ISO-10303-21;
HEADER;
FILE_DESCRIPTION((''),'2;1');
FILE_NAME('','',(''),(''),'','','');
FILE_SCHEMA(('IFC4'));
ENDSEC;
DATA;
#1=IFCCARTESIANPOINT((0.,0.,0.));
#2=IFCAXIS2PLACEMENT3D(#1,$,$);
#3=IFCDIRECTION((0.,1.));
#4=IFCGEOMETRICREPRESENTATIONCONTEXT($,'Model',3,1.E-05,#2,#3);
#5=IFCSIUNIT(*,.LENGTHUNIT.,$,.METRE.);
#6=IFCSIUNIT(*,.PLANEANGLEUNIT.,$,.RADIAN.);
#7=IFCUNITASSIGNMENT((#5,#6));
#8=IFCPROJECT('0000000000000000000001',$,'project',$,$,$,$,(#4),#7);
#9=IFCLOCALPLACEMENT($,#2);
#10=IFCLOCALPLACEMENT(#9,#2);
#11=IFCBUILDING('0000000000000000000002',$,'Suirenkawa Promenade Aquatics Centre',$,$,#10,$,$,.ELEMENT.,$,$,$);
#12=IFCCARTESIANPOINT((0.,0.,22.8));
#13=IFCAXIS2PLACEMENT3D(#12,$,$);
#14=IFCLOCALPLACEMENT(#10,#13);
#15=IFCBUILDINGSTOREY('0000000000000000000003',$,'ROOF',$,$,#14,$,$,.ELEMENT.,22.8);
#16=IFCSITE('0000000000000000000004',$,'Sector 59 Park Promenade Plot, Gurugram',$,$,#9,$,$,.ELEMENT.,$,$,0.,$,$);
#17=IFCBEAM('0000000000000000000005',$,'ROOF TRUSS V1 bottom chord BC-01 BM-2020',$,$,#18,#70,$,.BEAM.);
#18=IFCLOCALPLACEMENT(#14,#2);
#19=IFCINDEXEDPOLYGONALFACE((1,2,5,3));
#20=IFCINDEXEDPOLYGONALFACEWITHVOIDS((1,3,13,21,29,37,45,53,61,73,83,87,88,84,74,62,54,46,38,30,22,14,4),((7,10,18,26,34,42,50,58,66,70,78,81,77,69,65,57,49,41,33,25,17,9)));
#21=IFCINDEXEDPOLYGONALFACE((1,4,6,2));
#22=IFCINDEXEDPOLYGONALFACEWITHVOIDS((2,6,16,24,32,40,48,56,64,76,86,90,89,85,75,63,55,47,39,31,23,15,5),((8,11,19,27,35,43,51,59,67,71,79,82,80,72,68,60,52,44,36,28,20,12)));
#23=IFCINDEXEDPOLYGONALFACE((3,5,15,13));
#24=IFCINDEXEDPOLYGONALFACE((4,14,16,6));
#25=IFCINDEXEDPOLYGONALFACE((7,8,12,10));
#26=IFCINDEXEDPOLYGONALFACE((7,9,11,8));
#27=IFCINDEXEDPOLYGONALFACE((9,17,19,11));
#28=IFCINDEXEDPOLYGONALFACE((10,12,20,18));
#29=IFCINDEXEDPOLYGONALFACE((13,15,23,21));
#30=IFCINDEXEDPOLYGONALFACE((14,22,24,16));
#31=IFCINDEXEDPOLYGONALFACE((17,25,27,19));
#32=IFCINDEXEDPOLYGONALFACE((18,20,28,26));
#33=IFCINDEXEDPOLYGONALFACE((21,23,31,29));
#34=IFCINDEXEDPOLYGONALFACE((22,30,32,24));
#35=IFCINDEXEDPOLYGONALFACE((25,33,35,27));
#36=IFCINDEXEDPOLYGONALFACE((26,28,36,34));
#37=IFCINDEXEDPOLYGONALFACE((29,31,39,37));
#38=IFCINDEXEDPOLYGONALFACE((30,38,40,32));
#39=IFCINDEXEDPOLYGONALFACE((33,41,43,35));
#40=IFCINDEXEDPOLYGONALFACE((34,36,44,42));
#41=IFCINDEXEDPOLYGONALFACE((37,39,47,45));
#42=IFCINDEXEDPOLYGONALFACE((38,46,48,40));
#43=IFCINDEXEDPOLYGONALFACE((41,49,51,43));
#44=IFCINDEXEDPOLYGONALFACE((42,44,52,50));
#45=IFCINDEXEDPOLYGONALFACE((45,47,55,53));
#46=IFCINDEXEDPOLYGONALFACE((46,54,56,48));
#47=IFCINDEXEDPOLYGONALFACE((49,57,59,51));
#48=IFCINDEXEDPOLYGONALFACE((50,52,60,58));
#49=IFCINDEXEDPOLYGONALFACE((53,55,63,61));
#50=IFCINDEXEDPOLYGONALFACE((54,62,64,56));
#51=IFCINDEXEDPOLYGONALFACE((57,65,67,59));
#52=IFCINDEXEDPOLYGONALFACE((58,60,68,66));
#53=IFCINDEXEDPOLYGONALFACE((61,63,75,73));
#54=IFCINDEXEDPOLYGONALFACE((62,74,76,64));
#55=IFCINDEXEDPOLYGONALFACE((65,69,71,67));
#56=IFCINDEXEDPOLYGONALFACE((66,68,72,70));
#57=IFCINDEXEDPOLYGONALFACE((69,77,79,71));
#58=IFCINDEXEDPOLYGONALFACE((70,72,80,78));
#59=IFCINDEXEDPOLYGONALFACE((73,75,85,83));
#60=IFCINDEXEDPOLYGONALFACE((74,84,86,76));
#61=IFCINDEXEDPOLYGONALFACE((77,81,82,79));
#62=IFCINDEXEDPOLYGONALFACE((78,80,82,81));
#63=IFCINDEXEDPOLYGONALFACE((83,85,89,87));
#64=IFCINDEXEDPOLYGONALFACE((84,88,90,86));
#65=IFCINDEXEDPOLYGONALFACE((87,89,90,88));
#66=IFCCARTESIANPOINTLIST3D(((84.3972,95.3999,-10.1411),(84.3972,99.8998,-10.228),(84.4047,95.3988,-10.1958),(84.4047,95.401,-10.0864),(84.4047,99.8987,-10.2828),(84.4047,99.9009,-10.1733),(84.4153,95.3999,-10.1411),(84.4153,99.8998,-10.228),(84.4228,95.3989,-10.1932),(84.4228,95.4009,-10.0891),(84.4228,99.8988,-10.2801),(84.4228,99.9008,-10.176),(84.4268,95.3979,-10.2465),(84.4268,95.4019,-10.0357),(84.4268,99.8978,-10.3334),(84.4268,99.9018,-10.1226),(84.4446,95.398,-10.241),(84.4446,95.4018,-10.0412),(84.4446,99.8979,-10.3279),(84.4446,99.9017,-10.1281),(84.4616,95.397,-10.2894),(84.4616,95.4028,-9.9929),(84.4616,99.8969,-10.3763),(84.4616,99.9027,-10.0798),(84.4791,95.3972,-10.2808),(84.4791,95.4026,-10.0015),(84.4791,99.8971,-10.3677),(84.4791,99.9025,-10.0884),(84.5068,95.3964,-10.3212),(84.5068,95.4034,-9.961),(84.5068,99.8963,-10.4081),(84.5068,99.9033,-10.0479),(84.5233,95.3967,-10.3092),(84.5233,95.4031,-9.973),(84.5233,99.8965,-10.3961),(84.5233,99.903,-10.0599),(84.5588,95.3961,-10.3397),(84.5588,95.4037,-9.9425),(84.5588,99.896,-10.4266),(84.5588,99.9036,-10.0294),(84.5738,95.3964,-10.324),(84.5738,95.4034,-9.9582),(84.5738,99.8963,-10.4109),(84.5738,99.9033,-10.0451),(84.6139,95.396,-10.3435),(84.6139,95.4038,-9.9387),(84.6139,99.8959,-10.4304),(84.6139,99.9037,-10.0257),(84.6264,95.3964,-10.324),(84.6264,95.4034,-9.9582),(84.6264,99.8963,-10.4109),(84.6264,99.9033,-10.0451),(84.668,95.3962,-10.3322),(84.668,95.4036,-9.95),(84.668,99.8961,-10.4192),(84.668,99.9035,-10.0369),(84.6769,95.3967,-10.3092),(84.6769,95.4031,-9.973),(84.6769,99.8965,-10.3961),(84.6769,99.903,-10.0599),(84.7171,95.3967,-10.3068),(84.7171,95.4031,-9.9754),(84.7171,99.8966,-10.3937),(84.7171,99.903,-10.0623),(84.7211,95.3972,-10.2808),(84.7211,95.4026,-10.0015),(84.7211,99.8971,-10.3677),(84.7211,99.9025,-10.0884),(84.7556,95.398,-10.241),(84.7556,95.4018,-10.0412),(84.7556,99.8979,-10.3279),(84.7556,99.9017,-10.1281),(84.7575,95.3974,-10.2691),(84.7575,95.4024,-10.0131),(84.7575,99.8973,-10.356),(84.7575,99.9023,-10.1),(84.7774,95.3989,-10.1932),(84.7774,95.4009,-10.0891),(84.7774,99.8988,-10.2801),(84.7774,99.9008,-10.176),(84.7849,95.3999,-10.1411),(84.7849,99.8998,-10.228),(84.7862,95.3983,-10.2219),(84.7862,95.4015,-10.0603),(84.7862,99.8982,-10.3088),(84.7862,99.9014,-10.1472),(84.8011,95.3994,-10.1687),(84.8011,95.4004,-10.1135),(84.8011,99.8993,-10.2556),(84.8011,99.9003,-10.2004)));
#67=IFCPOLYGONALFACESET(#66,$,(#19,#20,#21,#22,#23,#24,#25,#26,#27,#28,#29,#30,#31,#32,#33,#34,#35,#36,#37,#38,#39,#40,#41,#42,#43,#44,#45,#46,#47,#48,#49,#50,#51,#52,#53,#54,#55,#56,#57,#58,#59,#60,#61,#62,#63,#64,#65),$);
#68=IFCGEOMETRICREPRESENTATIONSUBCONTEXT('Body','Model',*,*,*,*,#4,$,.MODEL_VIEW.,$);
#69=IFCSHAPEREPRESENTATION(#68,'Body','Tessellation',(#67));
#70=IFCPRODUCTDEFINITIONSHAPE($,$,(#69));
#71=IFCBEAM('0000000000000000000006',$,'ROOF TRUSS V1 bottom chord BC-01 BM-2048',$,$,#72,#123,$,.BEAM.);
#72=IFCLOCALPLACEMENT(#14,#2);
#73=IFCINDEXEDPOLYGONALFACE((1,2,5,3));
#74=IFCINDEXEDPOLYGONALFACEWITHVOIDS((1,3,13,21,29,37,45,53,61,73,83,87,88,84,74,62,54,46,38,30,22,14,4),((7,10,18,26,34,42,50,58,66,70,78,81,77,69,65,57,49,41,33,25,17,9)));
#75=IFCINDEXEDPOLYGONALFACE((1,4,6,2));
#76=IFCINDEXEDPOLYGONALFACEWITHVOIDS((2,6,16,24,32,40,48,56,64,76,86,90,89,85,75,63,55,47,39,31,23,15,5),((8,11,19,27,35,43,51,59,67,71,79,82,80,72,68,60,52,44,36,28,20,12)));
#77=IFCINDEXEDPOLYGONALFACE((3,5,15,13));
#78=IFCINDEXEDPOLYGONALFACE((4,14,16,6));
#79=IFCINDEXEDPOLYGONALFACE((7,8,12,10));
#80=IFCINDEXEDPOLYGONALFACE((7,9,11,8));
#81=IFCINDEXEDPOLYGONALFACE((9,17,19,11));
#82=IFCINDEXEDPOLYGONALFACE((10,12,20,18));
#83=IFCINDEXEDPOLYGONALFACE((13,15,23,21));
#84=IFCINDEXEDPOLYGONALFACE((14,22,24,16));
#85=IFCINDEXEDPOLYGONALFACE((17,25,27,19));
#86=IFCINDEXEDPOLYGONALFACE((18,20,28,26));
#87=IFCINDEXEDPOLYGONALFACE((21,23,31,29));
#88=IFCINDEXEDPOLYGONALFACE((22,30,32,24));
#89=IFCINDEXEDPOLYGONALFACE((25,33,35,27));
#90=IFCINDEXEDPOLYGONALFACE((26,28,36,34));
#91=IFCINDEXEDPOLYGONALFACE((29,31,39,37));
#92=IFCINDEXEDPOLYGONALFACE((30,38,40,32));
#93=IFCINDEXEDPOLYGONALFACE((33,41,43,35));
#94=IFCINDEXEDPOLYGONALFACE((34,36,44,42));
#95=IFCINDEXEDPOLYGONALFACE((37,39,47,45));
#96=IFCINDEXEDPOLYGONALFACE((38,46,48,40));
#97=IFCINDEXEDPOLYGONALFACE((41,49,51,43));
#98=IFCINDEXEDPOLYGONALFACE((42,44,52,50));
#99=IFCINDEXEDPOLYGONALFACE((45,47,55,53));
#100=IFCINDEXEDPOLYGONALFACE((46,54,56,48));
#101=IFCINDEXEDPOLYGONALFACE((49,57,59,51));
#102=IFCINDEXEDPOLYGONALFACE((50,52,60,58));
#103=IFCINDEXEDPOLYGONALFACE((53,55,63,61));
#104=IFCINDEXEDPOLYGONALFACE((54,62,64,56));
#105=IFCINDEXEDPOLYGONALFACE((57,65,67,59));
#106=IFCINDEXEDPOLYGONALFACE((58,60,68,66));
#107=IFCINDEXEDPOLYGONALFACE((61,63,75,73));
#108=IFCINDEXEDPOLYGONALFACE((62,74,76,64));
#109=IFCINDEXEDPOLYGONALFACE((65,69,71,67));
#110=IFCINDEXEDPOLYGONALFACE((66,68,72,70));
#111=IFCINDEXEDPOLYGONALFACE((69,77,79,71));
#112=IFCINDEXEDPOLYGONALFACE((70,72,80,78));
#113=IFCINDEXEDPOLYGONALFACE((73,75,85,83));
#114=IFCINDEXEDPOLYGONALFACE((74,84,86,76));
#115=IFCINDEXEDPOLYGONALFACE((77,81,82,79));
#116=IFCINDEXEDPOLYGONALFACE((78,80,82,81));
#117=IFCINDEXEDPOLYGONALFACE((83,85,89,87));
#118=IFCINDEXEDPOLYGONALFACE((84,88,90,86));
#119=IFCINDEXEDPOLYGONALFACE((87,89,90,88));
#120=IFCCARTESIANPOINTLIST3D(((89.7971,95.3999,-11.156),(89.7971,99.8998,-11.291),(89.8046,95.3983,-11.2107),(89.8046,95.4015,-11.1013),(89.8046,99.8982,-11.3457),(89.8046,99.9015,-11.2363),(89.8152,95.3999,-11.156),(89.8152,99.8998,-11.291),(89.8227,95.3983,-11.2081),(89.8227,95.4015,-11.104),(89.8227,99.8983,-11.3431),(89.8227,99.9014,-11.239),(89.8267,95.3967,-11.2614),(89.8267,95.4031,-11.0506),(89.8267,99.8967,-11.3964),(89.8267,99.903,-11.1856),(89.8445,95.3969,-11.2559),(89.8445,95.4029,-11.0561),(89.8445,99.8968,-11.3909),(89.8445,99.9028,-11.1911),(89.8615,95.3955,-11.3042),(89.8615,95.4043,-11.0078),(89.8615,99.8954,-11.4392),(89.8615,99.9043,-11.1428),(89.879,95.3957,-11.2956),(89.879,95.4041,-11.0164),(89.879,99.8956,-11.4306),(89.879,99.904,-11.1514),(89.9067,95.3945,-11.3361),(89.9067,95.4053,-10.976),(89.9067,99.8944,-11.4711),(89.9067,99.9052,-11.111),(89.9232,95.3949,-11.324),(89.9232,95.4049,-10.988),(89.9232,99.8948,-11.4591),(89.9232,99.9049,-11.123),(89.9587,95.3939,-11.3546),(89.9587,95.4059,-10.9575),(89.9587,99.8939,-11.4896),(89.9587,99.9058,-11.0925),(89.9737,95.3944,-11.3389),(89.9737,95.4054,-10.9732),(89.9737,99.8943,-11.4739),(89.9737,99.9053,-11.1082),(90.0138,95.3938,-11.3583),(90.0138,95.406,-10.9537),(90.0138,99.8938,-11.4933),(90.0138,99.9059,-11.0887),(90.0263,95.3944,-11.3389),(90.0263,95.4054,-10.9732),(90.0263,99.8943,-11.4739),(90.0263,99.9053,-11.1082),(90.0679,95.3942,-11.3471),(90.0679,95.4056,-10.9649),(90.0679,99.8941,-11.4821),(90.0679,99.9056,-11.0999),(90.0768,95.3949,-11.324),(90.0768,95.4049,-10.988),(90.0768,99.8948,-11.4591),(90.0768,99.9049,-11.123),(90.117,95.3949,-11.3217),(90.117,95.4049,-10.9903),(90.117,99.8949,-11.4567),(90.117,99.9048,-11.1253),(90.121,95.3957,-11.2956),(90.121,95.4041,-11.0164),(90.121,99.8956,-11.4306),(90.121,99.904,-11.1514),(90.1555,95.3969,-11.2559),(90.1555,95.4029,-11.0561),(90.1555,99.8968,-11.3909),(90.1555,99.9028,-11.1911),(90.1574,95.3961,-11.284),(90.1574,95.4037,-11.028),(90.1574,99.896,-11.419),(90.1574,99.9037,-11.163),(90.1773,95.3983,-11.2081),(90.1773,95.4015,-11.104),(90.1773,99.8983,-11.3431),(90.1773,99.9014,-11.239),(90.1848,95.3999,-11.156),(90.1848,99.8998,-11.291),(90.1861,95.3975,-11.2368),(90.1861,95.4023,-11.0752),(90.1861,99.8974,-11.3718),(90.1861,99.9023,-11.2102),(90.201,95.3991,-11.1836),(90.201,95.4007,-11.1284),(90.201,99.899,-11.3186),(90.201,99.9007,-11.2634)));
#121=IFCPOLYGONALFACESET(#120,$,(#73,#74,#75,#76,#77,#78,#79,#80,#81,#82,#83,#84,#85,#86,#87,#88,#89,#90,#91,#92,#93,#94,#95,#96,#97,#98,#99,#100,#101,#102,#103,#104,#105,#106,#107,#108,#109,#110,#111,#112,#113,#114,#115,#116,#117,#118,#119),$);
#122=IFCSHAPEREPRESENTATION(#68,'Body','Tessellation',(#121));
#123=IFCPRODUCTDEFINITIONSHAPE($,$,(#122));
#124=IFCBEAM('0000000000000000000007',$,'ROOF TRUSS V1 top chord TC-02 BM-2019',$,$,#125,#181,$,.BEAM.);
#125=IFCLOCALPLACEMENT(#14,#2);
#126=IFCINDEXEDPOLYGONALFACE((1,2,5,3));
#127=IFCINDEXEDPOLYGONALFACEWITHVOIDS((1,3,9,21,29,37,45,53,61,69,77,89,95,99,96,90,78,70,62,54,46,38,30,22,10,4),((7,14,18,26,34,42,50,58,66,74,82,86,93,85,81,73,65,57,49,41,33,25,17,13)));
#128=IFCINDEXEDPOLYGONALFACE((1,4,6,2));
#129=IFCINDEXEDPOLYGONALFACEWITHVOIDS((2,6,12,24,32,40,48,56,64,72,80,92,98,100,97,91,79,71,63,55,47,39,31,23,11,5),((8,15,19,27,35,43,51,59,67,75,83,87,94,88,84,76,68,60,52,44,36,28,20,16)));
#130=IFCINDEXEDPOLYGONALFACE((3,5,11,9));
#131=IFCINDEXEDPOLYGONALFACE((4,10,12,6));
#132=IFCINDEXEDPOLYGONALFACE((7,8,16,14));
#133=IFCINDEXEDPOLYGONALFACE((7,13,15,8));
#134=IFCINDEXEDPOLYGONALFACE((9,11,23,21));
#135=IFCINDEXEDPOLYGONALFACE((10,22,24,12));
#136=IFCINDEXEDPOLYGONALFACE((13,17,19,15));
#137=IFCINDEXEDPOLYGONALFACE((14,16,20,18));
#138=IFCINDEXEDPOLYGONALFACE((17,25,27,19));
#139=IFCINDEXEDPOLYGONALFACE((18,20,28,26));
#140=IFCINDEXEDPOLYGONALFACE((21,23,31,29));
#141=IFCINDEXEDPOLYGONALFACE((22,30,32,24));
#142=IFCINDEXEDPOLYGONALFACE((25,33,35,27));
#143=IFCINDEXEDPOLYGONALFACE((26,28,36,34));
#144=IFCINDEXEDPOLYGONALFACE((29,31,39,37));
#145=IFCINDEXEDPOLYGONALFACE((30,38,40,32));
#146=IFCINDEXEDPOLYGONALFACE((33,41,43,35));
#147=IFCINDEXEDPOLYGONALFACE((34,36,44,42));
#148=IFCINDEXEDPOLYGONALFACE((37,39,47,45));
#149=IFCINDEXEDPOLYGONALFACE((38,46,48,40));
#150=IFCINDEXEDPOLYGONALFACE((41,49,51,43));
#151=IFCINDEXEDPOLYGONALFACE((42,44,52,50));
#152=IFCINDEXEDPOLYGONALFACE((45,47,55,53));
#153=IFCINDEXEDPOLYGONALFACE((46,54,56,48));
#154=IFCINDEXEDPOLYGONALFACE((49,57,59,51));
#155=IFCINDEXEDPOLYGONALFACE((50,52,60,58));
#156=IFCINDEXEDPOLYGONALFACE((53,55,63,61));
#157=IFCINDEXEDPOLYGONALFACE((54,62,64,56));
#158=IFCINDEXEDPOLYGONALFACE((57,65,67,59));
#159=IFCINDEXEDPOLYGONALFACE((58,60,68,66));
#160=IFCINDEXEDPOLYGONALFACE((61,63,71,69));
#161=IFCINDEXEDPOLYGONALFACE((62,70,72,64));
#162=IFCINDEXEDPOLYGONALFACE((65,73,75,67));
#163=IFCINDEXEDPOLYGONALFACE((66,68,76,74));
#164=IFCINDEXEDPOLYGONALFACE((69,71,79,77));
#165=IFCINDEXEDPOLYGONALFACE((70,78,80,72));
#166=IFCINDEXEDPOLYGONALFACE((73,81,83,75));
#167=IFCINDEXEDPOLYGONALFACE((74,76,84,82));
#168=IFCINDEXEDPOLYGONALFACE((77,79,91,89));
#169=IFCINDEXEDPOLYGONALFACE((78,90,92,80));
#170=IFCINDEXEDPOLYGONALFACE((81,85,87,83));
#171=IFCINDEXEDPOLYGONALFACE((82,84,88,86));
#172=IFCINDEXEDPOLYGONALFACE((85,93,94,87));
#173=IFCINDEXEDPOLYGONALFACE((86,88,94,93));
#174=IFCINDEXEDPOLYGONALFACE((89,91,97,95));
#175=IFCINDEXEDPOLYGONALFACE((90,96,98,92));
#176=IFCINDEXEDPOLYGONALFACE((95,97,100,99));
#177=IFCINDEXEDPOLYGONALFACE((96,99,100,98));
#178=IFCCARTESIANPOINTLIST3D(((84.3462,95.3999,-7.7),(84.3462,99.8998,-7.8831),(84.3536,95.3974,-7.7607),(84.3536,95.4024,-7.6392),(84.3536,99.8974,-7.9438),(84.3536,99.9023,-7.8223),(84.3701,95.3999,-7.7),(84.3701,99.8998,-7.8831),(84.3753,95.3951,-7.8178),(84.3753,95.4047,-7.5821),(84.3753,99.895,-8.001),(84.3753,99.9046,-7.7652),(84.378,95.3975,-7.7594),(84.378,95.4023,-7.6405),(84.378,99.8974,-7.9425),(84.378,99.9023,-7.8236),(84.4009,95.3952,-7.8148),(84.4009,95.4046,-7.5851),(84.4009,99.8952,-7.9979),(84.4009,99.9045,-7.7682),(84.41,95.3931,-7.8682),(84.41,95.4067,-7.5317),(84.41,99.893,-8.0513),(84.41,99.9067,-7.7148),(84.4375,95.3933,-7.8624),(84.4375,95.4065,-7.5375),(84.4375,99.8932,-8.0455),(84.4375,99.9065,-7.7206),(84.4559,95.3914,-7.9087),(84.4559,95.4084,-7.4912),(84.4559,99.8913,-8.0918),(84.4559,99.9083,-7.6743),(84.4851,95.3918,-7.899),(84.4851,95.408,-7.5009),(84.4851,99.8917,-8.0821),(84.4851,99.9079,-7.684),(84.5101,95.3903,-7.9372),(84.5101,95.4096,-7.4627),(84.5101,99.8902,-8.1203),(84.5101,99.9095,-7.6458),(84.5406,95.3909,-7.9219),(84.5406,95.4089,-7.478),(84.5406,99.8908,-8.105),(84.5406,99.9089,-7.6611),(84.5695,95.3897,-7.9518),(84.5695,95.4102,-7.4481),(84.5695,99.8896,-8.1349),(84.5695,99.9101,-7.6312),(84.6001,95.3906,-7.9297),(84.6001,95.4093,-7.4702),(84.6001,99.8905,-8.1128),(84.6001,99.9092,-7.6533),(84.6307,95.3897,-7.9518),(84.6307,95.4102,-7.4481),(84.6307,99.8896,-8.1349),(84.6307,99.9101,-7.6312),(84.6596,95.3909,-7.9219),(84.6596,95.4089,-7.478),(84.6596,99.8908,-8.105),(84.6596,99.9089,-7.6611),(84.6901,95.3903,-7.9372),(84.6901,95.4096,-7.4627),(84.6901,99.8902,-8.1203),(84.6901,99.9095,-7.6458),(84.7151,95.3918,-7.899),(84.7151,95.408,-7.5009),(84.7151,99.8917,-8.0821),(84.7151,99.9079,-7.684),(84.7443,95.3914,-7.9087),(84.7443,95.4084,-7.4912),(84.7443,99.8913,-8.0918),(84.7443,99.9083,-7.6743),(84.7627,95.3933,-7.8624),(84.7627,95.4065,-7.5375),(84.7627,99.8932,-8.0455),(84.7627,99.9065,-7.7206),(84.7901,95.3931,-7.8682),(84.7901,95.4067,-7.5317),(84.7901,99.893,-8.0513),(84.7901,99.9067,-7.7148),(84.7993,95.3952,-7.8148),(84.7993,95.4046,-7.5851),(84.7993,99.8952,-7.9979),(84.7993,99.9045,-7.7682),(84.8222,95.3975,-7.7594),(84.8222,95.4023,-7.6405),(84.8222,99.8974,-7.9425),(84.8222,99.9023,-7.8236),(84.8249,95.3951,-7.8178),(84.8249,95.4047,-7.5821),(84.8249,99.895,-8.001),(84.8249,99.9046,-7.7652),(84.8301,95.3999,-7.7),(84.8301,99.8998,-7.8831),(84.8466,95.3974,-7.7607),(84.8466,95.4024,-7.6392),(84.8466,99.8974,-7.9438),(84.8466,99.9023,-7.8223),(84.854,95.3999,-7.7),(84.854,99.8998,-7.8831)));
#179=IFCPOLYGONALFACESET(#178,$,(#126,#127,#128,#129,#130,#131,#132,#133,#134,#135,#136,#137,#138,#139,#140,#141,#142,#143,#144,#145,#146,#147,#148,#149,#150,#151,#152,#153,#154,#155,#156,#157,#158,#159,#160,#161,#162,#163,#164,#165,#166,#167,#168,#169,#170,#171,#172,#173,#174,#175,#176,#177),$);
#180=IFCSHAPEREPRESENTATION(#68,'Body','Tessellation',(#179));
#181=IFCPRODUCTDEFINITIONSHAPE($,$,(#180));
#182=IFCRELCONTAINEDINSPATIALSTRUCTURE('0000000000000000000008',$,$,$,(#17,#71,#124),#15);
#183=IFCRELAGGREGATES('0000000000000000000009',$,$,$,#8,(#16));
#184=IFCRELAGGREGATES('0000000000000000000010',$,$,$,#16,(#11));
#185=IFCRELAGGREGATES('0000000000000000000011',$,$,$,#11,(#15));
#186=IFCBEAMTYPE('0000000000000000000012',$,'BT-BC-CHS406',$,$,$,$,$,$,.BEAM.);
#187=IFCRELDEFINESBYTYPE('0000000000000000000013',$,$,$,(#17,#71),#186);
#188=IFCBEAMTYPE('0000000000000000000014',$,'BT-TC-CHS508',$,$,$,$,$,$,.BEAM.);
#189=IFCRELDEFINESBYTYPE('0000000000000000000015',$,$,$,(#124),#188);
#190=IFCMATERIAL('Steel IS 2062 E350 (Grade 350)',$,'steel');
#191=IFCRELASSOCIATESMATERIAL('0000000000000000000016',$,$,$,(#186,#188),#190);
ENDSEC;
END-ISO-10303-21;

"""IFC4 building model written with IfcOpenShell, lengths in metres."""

from ifc_helpers import new_model, si_unit, direction, frame, origin, origin_2d, place, context, subcontext, project, spatial, hollow_circle, extrude, material, material_profile, profile_set, type_object, element, save


model = new_model("IFC4")

# Units and contexts
model_context = context("Model", 3, precision=1e-05, world=origin(), true_north=direction((0.0, 1.0)))
body_context = subcontext(model_context, "Body", "Model", "MODEL_VIEW")
ifc_project = project(units=[si_unit("LENGTHUNIT", "METRE"), si_unit("PLANEANGLEUNIT", "RADIAN")], contexts=[model_context])

# Site, building, storey
site_placement = place(None, origin())
site = spatial("IfcSite", under=ifc_project, at=site_placement, Name="Sector 59 Park Promenade Plot, Gurugram", CompositionType="ELEMENT", RefElevation=0.0)
building_placement = place(site_placement, origin())
building = spatial("IfcBuilding", under=site, at=building_placement, Name="Suirenkawa Promenade Aquatics Centre", CompositionType="ELEMENT")
storey_placement = place(building_placement, frame((0.0, 0.0, 22.8)))
storey = spatial("IfcBuildingStorey", under=building, at=storey_placement, Name="ROOF", CompositionType="ELEMENT", Elevation=22.8)

# Beams
ifc_material_1 = material(Name="Steel IS 2062 E350 (Grade 350)", Category="steel")
ifc_material_profile_1 = material_profile(ifc_material_1, hollow_circle(Radius=0.2029, WallThickness=0.0181, at=origin_2d()), Name="CHS 406x18", Category="steel")
ifc_profile_set_1 = profile_set([ifc_material_profile_1], Name="Steel IS 2062 E350 (Grade 350)")
beam_type_1 = type_object("IfcBeamType", Name="BT-BC-CHS406", PredefinedType="BEAM", material=ifc_profile_set_1)
beam_1_placement = place(storey_placement, frame((84.6001, 95.3999, -10.1411), z_axis=(0.0, 0.999814, -0.019311), x_axis=(-1.0, 0.0, 0.0)))
element("IfcBeam", 1, at=beam_1_placement, inside=storey, type_object=beam_type_1, Name="ROOF TRUSS V1 bottom chord BC-01 BM-2020", PredefinedType="BEAM", context=body_context, shape_type="SweptSolid", body=[
    extrude(hollow_circle(Radius=0.2029, WallThickness=0.0181, at=origin_2d()), origin(), (0.0, 0.0, 1.0), 4.5007),
])
beam_2_placement = place(storey_placement, frame((90.0, 95.3999, -11.156), z_axis=(0.0, 0.99955, -0.029989), x_axis=(-1.0, 0.0, 0.0)))
element("IfcBeam", 2, at=beam_2_placement, inside=storey, type_object=beam_type_1, Name="ROOF TRUSS V1 bottom chord BC-01 BM-2048", PredefinedType="BEAM", context=body_context, shape_type="SweptSolid", body=[
    extrude(hollow_circle(Radius=0.2029, WallThickness=0.0181, at=origin_2d()), origin(), (0.0, 0.0, 1.0), 4.502),
])
ifc_material_profile_2 = material_profile(ifc_material_1, hollow_circle(Radius=0.2539, WallThickness=0.0239, at=origin_2d()), Name="CHS 508x24", Category="steel")
ifc_profile_set_2 = profile_set([ifc_material_profile_2], Name="Steel IS 2062 E350 (Grade 350)")
beam_type_2 = type_object("IfcBeamType", Name="BT-TC-CHS508", PredefinedType="BEAM", material=ifc_profile_set_2)
for number, where, z_axis, x_axis, name in (
    (3, (84.6001, 95.3999, -7.7), (0.0, 0.999173, -0.040656), (-1.0, 0.0, 0.0), "ROOF TRUSS V1 top chord TC-02 BM-2019"),
):
    element("IfcBeam", number, at=place(storey_placement, frame(where, z_axis=z_axis, x_axis=x_axis)), inside=storey, type_object=beam_type_2, Name=name, PredefinedType="BEAM", context=body_context, shape_type="SweptSolid", body=[
        extrude(hollow_circle(Radius=0.2539, WallThickness=0.0239, at=origin_2d()), origin(), (0.0, 0.0, 1.0), 4.5037),
    ])

save(model, "model.ifc")
